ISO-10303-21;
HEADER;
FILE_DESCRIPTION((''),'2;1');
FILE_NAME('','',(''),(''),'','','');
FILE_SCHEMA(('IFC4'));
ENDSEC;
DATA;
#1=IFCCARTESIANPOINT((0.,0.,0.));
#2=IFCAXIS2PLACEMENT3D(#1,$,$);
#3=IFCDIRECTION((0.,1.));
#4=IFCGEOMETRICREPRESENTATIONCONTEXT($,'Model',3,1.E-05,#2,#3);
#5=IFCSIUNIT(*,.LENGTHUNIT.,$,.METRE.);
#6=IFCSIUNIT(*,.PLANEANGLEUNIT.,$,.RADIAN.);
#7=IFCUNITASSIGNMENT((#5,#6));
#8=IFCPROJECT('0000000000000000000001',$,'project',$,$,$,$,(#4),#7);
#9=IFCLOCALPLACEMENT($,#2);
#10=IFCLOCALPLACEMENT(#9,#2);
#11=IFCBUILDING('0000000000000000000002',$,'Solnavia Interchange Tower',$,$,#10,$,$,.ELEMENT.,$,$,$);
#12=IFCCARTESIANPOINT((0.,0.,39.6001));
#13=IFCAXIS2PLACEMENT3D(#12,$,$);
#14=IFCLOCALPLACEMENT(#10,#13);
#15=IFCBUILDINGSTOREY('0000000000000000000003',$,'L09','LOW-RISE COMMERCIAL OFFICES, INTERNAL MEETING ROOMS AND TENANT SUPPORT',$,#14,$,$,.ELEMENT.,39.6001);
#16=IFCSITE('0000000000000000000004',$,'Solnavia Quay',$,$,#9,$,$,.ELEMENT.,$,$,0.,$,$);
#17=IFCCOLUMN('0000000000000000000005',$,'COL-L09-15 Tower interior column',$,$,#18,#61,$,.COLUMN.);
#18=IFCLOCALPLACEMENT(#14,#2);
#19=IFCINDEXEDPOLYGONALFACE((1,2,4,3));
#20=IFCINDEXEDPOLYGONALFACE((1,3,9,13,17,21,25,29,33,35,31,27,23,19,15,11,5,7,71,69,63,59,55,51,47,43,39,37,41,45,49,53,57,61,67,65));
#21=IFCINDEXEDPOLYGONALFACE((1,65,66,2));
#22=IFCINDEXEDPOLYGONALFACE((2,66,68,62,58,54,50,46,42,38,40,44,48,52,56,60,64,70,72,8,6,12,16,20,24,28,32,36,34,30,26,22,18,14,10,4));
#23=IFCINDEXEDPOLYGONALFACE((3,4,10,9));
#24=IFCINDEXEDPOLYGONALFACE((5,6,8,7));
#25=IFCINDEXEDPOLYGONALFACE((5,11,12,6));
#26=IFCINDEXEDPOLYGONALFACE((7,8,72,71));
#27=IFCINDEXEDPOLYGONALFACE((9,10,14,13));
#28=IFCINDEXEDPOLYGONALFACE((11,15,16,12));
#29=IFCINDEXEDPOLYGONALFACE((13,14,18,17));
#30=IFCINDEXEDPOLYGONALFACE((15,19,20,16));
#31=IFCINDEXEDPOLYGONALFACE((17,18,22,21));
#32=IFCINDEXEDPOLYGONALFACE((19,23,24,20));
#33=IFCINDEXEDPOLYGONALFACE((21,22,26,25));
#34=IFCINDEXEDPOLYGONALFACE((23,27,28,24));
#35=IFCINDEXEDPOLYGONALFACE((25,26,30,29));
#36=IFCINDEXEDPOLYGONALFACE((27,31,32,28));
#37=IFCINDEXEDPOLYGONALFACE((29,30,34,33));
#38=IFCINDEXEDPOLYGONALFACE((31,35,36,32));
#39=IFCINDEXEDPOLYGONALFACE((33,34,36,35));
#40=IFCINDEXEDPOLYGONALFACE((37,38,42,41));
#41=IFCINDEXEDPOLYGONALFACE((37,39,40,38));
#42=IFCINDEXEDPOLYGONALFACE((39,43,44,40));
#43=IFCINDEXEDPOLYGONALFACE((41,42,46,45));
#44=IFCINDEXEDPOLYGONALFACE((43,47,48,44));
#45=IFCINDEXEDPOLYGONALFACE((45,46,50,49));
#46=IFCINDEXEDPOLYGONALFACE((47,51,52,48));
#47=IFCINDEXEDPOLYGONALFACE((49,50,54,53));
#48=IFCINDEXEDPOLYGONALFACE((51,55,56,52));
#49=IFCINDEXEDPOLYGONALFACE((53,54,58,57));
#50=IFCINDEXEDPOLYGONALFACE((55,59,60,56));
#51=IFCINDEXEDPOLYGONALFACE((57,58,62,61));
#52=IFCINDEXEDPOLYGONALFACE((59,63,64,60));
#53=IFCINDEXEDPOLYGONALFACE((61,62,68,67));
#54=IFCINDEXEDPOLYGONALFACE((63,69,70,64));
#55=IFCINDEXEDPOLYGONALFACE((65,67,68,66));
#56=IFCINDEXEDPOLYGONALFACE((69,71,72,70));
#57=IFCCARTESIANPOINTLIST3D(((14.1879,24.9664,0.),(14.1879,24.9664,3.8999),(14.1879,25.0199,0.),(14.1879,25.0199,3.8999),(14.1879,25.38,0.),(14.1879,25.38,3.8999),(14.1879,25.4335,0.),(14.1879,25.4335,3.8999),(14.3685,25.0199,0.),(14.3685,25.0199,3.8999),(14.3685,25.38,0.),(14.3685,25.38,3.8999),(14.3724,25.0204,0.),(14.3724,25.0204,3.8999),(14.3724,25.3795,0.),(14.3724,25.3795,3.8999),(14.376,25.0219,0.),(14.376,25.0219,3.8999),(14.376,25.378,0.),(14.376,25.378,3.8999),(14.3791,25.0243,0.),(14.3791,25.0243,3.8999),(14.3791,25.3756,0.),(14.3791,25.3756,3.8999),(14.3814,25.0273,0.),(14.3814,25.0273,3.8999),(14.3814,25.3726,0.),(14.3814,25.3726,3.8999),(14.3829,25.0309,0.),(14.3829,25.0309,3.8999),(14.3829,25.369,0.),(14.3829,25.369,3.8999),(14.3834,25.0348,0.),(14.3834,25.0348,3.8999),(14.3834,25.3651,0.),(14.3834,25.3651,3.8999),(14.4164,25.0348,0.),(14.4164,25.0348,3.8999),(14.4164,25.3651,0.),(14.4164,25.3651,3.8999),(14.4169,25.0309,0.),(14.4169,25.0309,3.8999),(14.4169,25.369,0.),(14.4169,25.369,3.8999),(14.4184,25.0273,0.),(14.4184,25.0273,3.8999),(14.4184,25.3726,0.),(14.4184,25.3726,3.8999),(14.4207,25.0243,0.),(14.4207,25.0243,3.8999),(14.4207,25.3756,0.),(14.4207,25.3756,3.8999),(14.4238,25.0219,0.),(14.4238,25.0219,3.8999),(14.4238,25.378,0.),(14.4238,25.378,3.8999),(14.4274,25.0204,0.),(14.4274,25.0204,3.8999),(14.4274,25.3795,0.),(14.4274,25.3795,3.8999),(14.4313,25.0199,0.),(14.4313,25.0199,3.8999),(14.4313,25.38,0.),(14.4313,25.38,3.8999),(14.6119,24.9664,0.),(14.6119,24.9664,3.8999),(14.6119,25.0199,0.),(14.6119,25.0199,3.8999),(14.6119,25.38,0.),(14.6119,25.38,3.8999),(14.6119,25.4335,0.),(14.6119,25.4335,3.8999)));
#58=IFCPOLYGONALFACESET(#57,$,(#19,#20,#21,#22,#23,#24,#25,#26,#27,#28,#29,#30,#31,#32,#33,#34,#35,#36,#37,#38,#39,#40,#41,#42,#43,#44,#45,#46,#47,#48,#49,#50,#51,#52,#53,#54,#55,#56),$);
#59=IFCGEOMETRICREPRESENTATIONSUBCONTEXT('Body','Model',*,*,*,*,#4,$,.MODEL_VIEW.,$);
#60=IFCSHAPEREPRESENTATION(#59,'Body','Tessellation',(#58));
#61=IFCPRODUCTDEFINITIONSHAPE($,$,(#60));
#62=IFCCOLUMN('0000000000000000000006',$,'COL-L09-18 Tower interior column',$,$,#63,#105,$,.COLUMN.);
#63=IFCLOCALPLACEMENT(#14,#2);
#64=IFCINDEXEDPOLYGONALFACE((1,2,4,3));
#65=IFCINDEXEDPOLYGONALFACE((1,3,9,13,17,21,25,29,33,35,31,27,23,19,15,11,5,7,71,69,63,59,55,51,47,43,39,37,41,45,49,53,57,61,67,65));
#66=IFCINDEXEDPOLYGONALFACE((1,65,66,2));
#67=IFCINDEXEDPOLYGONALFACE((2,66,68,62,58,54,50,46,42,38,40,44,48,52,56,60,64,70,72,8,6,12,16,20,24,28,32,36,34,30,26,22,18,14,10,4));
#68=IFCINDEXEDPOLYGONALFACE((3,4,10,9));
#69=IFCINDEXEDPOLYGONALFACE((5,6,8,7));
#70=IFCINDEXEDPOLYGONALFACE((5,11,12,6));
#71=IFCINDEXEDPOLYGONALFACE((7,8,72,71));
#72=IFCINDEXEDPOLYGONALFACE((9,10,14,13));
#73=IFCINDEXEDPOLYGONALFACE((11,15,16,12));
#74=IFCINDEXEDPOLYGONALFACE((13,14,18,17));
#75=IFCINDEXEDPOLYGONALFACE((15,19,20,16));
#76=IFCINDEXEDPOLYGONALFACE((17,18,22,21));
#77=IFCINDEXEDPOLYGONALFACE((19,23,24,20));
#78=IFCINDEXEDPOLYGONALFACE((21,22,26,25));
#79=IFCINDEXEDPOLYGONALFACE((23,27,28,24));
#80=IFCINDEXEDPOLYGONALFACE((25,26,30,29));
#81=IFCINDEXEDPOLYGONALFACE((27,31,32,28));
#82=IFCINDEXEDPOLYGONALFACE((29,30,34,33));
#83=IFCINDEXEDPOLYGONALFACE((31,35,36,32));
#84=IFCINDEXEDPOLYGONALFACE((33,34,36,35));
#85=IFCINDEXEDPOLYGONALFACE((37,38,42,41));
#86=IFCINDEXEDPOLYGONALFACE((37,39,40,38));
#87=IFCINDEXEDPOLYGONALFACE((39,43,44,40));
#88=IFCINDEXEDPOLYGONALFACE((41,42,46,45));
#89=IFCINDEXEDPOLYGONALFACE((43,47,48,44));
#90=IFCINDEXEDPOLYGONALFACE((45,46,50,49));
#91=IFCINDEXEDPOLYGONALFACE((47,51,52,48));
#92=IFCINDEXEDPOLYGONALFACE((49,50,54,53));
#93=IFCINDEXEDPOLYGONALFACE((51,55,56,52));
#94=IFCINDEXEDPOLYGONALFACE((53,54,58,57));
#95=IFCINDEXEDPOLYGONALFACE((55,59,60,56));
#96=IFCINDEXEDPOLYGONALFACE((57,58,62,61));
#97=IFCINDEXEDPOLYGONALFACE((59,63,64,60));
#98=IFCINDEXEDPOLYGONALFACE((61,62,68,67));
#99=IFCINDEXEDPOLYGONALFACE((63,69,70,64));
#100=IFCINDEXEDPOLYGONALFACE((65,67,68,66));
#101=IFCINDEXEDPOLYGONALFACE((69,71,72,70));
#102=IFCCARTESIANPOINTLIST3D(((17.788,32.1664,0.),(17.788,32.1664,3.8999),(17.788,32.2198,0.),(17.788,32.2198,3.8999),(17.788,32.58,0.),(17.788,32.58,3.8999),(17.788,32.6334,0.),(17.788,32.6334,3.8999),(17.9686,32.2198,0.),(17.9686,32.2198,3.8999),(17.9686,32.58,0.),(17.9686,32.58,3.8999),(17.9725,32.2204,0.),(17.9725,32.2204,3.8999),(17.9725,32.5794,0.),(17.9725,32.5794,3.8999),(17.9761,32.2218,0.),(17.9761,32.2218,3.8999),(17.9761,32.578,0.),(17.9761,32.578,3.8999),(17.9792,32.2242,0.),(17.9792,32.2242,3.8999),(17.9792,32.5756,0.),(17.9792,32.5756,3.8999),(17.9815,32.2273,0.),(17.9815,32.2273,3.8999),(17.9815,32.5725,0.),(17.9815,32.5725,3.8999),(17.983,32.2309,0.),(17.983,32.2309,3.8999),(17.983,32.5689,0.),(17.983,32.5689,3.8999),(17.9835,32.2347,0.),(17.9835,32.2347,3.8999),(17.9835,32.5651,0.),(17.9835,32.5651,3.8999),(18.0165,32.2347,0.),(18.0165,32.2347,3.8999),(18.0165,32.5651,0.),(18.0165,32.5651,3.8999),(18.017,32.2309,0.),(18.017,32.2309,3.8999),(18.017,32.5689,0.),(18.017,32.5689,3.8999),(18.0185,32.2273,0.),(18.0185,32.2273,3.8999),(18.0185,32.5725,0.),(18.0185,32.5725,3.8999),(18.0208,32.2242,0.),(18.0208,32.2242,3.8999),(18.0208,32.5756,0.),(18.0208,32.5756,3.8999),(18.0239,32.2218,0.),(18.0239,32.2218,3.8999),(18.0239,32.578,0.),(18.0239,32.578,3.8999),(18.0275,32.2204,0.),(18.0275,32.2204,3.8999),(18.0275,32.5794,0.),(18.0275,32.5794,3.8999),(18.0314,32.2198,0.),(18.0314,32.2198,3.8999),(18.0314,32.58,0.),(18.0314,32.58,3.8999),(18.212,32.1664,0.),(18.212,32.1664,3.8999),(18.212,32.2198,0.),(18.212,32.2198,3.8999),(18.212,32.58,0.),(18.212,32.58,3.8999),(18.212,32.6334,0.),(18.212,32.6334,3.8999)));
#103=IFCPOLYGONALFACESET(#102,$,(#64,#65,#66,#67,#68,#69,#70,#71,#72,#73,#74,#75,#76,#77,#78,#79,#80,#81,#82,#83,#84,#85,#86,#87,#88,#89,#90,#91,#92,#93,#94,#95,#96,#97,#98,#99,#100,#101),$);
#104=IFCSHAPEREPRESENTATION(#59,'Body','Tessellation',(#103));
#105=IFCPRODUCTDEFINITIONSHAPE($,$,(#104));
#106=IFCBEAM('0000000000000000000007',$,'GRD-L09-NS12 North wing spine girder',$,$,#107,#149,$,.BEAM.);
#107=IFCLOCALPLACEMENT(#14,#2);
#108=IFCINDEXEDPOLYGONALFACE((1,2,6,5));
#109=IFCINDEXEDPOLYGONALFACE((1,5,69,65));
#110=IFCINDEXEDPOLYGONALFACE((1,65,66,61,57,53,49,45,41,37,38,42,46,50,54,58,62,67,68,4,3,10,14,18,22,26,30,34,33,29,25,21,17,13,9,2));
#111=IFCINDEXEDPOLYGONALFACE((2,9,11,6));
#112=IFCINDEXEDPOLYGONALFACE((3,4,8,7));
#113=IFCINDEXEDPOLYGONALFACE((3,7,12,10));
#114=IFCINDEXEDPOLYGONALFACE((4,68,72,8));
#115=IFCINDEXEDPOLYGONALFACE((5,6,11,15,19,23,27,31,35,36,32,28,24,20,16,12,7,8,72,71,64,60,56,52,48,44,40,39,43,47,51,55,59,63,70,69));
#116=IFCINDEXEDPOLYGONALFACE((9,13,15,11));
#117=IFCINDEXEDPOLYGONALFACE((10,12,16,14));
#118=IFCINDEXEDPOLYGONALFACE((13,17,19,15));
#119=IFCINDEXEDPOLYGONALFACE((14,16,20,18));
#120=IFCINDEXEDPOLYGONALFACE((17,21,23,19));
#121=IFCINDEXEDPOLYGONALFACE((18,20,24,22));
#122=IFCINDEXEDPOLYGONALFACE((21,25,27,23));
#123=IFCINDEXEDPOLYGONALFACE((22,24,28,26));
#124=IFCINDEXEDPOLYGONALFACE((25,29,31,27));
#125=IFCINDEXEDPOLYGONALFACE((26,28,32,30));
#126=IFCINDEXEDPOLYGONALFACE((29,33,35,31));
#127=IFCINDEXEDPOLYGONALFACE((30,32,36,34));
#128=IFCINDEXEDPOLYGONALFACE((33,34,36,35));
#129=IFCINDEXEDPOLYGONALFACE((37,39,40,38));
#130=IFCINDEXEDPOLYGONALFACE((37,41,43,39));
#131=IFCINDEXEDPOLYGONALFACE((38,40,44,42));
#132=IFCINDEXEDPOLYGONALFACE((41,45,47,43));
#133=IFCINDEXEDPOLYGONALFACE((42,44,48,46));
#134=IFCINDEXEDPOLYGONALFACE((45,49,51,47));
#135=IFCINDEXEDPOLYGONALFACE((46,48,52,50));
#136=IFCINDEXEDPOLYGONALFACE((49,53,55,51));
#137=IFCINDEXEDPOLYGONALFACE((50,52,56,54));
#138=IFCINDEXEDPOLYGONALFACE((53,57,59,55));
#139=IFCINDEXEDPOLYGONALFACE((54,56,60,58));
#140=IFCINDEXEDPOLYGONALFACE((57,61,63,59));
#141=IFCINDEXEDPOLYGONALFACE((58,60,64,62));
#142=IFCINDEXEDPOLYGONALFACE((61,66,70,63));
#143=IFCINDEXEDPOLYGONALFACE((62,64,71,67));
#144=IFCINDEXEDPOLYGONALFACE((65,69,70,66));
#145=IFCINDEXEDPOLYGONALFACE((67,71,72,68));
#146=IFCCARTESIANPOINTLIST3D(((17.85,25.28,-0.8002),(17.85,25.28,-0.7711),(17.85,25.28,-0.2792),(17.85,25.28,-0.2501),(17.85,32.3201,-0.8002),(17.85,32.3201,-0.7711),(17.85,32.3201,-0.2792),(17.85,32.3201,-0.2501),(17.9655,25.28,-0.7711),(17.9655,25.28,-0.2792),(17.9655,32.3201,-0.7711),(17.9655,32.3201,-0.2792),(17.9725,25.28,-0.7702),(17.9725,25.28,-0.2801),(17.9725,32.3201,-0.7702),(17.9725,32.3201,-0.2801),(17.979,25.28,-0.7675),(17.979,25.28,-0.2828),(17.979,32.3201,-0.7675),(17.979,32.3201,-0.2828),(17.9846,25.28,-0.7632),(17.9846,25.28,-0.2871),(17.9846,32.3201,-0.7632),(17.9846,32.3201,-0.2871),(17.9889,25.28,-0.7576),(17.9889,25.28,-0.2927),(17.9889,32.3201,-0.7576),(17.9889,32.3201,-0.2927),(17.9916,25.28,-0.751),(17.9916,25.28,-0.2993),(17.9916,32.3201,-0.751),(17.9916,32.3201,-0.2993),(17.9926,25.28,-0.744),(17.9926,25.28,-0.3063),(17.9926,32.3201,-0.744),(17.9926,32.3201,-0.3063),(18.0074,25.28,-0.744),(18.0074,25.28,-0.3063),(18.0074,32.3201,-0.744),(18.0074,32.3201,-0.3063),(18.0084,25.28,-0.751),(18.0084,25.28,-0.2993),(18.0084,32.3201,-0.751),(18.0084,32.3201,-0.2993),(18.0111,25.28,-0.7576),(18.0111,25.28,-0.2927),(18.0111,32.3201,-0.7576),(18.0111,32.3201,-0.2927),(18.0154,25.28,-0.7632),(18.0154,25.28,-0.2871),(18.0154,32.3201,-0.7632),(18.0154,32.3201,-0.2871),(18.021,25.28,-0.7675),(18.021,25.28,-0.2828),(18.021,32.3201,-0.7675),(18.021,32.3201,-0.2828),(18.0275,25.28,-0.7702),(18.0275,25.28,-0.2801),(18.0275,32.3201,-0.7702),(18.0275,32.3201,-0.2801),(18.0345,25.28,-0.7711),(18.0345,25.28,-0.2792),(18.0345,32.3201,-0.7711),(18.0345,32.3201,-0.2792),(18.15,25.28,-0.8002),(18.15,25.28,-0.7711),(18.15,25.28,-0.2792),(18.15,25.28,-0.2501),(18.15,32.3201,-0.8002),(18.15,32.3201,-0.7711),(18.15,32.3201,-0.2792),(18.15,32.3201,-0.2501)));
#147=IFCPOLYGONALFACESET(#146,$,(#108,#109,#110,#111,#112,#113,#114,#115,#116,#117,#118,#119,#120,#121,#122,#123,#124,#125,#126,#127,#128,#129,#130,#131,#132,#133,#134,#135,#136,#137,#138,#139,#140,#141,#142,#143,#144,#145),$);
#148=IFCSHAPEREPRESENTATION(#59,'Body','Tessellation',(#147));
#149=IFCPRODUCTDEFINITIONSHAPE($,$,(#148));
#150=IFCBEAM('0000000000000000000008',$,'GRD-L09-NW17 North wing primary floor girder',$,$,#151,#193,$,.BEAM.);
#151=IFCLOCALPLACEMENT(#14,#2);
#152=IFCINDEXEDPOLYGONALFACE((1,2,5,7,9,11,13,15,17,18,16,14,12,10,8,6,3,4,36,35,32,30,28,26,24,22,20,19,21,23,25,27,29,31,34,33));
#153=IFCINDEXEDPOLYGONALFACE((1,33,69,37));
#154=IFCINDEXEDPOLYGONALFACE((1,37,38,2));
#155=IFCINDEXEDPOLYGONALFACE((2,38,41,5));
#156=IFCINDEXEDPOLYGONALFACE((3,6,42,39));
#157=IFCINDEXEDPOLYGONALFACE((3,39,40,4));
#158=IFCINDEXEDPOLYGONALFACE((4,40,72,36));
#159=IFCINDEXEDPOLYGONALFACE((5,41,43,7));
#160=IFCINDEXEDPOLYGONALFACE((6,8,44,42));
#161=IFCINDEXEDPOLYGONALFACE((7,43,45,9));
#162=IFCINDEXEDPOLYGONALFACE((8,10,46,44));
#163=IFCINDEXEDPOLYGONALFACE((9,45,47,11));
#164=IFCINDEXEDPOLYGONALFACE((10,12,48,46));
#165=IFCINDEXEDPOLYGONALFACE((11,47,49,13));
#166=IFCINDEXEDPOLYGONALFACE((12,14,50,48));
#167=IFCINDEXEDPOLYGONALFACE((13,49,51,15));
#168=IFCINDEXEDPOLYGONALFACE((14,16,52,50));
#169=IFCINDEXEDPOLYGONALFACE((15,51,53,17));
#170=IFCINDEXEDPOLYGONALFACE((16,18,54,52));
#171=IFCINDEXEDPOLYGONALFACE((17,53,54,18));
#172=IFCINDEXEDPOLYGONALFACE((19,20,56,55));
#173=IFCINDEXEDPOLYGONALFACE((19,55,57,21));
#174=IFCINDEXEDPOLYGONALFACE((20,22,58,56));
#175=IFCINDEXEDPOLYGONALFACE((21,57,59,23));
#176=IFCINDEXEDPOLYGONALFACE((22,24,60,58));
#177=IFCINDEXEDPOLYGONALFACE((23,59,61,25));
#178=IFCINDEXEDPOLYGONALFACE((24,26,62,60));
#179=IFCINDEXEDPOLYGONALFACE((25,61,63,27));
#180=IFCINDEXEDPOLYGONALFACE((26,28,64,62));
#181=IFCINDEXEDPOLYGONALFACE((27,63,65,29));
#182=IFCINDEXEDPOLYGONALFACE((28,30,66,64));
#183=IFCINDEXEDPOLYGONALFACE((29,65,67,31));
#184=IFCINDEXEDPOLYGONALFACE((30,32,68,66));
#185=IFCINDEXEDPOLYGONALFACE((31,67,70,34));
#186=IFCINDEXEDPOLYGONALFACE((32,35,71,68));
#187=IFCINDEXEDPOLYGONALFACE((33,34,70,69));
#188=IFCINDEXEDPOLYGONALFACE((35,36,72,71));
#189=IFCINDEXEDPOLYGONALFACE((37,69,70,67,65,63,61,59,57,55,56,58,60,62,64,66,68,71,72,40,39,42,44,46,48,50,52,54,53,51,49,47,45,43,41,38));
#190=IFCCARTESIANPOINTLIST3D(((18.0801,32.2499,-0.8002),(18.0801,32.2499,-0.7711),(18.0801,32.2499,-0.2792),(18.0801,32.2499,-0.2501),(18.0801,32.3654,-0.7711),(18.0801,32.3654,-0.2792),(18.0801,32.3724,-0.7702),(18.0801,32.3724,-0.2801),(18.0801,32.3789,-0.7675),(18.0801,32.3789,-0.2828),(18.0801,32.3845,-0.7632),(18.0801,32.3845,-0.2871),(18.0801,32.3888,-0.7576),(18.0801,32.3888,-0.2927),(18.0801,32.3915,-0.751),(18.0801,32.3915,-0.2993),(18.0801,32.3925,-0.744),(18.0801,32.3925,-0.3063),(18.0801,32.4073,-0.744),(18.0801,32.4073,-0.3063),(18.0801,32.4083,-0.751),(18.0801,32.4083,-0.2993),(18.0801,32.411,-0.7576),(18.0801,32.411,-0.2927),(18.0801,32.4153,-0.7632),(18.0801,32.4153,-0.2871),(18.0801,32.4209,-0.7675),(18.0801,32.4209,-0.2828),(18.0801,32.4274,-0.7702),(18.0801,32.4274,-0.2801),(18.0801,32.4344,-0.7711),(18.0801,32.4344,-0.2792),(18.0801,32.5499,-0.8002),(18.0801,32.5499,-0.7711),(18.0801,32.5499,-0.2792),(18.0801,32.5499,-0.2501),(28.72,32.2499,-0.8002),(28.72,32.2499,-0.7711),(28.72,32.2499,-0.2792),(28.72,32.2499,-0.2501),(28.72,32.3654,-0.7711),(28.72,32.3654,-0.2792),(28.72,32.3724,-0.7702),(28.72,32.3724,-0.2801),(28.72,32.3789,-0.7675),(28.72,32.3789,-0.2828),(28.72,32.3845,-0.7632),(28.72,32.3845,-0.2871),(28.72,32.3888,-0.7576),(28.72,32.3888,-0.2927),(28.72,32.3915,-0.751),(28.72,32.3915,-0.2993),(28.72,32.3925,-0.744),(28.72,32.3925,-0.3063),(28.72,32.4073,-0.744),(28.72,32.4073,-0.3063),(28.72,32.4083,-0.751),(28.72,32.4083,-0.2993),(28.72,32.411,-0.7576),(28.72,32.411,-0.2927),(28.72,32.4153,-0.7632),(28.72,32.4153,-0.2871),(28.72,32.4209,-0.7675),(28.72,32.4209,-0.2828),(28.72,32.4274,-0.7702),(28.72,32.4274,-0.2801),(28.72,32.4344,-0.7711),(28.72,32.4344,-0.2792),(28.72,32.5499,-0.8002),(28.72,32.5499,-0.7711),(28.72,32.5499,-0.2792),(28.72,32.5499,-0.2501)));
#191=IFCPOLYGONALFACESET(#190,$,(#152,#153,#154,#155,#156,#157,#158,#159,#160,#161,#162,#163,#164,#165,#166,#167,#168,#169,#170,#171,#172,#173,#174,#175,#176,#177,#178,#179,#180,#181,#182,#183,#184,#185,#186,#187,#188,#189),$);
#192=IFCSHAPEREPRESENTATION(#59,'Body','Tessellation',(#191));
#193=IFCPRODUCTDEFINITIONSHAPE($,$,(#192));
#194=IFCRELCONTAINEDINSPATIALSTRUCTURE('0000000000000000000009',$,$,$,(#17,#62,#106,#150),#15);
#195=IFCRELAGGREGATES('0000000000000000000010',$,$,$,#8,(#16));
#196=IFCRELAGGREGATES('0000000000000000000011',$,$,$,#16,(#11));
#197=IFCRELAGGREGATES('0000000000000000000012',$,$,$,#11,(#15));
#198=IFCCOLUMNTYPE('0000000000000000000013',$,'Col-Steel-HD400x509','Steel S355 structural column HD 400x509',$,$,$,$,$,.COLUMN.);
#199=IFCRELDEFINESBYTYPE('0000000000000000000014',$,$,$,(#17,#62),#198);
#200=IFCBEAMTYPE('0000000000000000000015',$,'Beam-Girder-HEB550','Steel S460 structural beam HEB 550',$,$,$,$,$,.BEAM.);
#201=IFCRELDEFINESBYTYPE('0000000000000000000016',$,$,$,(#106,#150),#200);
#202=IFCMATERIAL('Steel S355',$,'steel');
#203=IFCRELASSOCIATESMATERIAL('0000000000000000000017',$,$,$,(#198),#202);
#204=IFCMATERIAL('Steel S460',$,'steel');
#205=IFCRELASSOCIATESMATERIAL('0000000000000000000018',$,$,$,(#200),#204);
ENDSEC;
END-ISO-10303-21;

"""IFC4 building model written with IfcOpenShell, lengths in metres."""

from ifc_helpers import new_model, si_unit, direction, frame, origin, origin_2d, place, context, subcontext, project, spatial, i_section, extrude, material, material_profile, profile_set, type_object, element, save


model = new_model("IFC4")

# Units and contexts
model_context = context("Model", 3, precision=1e-05, world=origin(), true_north=direction((0.0, 1.0)))
body_context = subcontext(model_context, "Body", "Model", "MODEL_VIEW")
ifc_project = project(units=[si_unit("LENGTHUNIT", "METRE"), si_unit("PLANEANGLEUNIT", "RADIAN")], contexts=[model_context])

# Site, building, storey
site_placement = place(None, origin())
site = spatial("IfcSite", under=ifc_project, at=site_placement, Name="Solnavia Quay", CompositionType="ELEMENT", RefElevation=0.0)
building_placement = place(site_placement, origin())
building = spatial("IfcBuilding", under=site, at=building_placement, Name="Solnavia Interchange Tower", CompositionType="ELEMENT")
storey_placement = place(building_placement, frame((0.0, 0.0, 39.6001)))
storey = spatial("IfcBuildingStorey", under=building, at=storey_placement, Name="L09", Description="LOW-RISE COMMERCIAL OFFICES, INTERNAL MEETING ROOMS AND TENANT SUPPORT", CompositionType="ELEMENT", Elevation=39.6001)

# Columns
ifc_material_1 = material(Name="Steel S355", Category="steel")
ifc_material_profile_1 = material_profile(ifc_material_1, i_section(OverallWidth=0.4241, OverallDepth=0.467, WebThickness=0.033, FlangeThickness=0.0535, FilletRadius=0.0149, at=origin_2d()), Name="HD 400x509")
ifc_profile_set_1 = profile_set([ifc_material_profile_1], Name="Steel S355")
column_type = type_object("IfcColumnType", Name="Col-Steel-HD400x509", Description="Steel S355 structural column HD 400x509", PredefinedType="COLUMN", material=ifc_profile_set_1)
for number, where, z_axis, x_axis, name in (
    (1, (14.3999, 25.2, 0.0), (0.0, 0.0, 1.0), (1.0, 0.0, 0.0), "COL-L09-15 Tower interior column"),
    (2, (18.0, 32.3999, 0.0), (0.0, 0.0, 1.0), (1.0, 0.0, 0.0), "COL-L09-18 Tower interior column"),
):
    element("IfcColumn", number, at=place(storey_placement, frame(where, z_axis=z_axis, x_axis=x_axis)), inside=storey, type_object=column_type, Name=name, PredefinedType="COLUMN", context=body_context, shape_type="SweptSolid", body=[
        extrude(i_section(OverallWidth=0.4241, OverallDepth=0.467, WebThickness=0.033, FlangeThickness=0.0535, FilletRadius=0.0149, at=origin_2d()), origin(), (0.0, 0.0, 1.0), 3.8999),
    ])

# Beams
ifc_material_2 = material(Name="Steel S460", Category="steel")
ifc_material_profile_2 = material_profile(ifc_material_2, i_section(OverallWidth=0.3, OverallDepth=0.55, WebThickness=0.0149, FlangeThickness=0.0291, FilletRadius=0.0271, at=origin_2d()), Name="HEB 550")
ifc_profile_set_2 = profile_set([ifc_material_profile_2], Name="Steel S460")
beam_type_1 = type_object("IfcBeamType", Name="Beam-Girder-HEB550", Description="Steel S460 structural beam HEB 550", PredefinedType="BEAM", material=ifc_profile_set_2)
beam_1_placement = place(storey_placement, frame((18.0, 25.28, -0.5251), z_axis=(0.0, 1.0, 0.0), x_axis=(-1.0, 0.0, 0.0)))
element("IfcBeam", 3, at=beam_1_placement, inside=storey, type_object=beam_type_1, Name="GRD-L09-NS12 North wing spine girder", PredefinedType="BEAM", context=body_context, shape_type="SweptSolid", body=[
    extrude(i_section(OverallWidth=0.3, OverallDepth=0.55, WebThickness=0.0149, FlangeThickness=0.0291, FilletRadius=0.0271, at=origin_2d()), origin(), (0.0, 0.0, 1.0), 7.04),
])
beam_2_placement = place(storey_placement, frame((18.0801, 32.3999, -0.5251), z_axis=(1.0, 0.0, 0.0), x_axis=(0.0, 1.0, 0.0)))
element("IfcBeam", 4, at=beam_2_placement, inside=storey, type_object=beam_type_1, Name="GRD-L09-NW17 North wing primary floor girder", PredefinedType="BEAM", context=body_context, shape_type="SweptSolid", body=[
    extrude(i_section(OverallWidth=0.3, OverallDepth=0.55, WebThickness=0.0149, FlangeThickness=0.0291, FilletRadius=0.0271, at=origin_2d()), origin(), (0.0, 0.0, 1.0), 10.6399),
])

save(model, "model.ifc")
